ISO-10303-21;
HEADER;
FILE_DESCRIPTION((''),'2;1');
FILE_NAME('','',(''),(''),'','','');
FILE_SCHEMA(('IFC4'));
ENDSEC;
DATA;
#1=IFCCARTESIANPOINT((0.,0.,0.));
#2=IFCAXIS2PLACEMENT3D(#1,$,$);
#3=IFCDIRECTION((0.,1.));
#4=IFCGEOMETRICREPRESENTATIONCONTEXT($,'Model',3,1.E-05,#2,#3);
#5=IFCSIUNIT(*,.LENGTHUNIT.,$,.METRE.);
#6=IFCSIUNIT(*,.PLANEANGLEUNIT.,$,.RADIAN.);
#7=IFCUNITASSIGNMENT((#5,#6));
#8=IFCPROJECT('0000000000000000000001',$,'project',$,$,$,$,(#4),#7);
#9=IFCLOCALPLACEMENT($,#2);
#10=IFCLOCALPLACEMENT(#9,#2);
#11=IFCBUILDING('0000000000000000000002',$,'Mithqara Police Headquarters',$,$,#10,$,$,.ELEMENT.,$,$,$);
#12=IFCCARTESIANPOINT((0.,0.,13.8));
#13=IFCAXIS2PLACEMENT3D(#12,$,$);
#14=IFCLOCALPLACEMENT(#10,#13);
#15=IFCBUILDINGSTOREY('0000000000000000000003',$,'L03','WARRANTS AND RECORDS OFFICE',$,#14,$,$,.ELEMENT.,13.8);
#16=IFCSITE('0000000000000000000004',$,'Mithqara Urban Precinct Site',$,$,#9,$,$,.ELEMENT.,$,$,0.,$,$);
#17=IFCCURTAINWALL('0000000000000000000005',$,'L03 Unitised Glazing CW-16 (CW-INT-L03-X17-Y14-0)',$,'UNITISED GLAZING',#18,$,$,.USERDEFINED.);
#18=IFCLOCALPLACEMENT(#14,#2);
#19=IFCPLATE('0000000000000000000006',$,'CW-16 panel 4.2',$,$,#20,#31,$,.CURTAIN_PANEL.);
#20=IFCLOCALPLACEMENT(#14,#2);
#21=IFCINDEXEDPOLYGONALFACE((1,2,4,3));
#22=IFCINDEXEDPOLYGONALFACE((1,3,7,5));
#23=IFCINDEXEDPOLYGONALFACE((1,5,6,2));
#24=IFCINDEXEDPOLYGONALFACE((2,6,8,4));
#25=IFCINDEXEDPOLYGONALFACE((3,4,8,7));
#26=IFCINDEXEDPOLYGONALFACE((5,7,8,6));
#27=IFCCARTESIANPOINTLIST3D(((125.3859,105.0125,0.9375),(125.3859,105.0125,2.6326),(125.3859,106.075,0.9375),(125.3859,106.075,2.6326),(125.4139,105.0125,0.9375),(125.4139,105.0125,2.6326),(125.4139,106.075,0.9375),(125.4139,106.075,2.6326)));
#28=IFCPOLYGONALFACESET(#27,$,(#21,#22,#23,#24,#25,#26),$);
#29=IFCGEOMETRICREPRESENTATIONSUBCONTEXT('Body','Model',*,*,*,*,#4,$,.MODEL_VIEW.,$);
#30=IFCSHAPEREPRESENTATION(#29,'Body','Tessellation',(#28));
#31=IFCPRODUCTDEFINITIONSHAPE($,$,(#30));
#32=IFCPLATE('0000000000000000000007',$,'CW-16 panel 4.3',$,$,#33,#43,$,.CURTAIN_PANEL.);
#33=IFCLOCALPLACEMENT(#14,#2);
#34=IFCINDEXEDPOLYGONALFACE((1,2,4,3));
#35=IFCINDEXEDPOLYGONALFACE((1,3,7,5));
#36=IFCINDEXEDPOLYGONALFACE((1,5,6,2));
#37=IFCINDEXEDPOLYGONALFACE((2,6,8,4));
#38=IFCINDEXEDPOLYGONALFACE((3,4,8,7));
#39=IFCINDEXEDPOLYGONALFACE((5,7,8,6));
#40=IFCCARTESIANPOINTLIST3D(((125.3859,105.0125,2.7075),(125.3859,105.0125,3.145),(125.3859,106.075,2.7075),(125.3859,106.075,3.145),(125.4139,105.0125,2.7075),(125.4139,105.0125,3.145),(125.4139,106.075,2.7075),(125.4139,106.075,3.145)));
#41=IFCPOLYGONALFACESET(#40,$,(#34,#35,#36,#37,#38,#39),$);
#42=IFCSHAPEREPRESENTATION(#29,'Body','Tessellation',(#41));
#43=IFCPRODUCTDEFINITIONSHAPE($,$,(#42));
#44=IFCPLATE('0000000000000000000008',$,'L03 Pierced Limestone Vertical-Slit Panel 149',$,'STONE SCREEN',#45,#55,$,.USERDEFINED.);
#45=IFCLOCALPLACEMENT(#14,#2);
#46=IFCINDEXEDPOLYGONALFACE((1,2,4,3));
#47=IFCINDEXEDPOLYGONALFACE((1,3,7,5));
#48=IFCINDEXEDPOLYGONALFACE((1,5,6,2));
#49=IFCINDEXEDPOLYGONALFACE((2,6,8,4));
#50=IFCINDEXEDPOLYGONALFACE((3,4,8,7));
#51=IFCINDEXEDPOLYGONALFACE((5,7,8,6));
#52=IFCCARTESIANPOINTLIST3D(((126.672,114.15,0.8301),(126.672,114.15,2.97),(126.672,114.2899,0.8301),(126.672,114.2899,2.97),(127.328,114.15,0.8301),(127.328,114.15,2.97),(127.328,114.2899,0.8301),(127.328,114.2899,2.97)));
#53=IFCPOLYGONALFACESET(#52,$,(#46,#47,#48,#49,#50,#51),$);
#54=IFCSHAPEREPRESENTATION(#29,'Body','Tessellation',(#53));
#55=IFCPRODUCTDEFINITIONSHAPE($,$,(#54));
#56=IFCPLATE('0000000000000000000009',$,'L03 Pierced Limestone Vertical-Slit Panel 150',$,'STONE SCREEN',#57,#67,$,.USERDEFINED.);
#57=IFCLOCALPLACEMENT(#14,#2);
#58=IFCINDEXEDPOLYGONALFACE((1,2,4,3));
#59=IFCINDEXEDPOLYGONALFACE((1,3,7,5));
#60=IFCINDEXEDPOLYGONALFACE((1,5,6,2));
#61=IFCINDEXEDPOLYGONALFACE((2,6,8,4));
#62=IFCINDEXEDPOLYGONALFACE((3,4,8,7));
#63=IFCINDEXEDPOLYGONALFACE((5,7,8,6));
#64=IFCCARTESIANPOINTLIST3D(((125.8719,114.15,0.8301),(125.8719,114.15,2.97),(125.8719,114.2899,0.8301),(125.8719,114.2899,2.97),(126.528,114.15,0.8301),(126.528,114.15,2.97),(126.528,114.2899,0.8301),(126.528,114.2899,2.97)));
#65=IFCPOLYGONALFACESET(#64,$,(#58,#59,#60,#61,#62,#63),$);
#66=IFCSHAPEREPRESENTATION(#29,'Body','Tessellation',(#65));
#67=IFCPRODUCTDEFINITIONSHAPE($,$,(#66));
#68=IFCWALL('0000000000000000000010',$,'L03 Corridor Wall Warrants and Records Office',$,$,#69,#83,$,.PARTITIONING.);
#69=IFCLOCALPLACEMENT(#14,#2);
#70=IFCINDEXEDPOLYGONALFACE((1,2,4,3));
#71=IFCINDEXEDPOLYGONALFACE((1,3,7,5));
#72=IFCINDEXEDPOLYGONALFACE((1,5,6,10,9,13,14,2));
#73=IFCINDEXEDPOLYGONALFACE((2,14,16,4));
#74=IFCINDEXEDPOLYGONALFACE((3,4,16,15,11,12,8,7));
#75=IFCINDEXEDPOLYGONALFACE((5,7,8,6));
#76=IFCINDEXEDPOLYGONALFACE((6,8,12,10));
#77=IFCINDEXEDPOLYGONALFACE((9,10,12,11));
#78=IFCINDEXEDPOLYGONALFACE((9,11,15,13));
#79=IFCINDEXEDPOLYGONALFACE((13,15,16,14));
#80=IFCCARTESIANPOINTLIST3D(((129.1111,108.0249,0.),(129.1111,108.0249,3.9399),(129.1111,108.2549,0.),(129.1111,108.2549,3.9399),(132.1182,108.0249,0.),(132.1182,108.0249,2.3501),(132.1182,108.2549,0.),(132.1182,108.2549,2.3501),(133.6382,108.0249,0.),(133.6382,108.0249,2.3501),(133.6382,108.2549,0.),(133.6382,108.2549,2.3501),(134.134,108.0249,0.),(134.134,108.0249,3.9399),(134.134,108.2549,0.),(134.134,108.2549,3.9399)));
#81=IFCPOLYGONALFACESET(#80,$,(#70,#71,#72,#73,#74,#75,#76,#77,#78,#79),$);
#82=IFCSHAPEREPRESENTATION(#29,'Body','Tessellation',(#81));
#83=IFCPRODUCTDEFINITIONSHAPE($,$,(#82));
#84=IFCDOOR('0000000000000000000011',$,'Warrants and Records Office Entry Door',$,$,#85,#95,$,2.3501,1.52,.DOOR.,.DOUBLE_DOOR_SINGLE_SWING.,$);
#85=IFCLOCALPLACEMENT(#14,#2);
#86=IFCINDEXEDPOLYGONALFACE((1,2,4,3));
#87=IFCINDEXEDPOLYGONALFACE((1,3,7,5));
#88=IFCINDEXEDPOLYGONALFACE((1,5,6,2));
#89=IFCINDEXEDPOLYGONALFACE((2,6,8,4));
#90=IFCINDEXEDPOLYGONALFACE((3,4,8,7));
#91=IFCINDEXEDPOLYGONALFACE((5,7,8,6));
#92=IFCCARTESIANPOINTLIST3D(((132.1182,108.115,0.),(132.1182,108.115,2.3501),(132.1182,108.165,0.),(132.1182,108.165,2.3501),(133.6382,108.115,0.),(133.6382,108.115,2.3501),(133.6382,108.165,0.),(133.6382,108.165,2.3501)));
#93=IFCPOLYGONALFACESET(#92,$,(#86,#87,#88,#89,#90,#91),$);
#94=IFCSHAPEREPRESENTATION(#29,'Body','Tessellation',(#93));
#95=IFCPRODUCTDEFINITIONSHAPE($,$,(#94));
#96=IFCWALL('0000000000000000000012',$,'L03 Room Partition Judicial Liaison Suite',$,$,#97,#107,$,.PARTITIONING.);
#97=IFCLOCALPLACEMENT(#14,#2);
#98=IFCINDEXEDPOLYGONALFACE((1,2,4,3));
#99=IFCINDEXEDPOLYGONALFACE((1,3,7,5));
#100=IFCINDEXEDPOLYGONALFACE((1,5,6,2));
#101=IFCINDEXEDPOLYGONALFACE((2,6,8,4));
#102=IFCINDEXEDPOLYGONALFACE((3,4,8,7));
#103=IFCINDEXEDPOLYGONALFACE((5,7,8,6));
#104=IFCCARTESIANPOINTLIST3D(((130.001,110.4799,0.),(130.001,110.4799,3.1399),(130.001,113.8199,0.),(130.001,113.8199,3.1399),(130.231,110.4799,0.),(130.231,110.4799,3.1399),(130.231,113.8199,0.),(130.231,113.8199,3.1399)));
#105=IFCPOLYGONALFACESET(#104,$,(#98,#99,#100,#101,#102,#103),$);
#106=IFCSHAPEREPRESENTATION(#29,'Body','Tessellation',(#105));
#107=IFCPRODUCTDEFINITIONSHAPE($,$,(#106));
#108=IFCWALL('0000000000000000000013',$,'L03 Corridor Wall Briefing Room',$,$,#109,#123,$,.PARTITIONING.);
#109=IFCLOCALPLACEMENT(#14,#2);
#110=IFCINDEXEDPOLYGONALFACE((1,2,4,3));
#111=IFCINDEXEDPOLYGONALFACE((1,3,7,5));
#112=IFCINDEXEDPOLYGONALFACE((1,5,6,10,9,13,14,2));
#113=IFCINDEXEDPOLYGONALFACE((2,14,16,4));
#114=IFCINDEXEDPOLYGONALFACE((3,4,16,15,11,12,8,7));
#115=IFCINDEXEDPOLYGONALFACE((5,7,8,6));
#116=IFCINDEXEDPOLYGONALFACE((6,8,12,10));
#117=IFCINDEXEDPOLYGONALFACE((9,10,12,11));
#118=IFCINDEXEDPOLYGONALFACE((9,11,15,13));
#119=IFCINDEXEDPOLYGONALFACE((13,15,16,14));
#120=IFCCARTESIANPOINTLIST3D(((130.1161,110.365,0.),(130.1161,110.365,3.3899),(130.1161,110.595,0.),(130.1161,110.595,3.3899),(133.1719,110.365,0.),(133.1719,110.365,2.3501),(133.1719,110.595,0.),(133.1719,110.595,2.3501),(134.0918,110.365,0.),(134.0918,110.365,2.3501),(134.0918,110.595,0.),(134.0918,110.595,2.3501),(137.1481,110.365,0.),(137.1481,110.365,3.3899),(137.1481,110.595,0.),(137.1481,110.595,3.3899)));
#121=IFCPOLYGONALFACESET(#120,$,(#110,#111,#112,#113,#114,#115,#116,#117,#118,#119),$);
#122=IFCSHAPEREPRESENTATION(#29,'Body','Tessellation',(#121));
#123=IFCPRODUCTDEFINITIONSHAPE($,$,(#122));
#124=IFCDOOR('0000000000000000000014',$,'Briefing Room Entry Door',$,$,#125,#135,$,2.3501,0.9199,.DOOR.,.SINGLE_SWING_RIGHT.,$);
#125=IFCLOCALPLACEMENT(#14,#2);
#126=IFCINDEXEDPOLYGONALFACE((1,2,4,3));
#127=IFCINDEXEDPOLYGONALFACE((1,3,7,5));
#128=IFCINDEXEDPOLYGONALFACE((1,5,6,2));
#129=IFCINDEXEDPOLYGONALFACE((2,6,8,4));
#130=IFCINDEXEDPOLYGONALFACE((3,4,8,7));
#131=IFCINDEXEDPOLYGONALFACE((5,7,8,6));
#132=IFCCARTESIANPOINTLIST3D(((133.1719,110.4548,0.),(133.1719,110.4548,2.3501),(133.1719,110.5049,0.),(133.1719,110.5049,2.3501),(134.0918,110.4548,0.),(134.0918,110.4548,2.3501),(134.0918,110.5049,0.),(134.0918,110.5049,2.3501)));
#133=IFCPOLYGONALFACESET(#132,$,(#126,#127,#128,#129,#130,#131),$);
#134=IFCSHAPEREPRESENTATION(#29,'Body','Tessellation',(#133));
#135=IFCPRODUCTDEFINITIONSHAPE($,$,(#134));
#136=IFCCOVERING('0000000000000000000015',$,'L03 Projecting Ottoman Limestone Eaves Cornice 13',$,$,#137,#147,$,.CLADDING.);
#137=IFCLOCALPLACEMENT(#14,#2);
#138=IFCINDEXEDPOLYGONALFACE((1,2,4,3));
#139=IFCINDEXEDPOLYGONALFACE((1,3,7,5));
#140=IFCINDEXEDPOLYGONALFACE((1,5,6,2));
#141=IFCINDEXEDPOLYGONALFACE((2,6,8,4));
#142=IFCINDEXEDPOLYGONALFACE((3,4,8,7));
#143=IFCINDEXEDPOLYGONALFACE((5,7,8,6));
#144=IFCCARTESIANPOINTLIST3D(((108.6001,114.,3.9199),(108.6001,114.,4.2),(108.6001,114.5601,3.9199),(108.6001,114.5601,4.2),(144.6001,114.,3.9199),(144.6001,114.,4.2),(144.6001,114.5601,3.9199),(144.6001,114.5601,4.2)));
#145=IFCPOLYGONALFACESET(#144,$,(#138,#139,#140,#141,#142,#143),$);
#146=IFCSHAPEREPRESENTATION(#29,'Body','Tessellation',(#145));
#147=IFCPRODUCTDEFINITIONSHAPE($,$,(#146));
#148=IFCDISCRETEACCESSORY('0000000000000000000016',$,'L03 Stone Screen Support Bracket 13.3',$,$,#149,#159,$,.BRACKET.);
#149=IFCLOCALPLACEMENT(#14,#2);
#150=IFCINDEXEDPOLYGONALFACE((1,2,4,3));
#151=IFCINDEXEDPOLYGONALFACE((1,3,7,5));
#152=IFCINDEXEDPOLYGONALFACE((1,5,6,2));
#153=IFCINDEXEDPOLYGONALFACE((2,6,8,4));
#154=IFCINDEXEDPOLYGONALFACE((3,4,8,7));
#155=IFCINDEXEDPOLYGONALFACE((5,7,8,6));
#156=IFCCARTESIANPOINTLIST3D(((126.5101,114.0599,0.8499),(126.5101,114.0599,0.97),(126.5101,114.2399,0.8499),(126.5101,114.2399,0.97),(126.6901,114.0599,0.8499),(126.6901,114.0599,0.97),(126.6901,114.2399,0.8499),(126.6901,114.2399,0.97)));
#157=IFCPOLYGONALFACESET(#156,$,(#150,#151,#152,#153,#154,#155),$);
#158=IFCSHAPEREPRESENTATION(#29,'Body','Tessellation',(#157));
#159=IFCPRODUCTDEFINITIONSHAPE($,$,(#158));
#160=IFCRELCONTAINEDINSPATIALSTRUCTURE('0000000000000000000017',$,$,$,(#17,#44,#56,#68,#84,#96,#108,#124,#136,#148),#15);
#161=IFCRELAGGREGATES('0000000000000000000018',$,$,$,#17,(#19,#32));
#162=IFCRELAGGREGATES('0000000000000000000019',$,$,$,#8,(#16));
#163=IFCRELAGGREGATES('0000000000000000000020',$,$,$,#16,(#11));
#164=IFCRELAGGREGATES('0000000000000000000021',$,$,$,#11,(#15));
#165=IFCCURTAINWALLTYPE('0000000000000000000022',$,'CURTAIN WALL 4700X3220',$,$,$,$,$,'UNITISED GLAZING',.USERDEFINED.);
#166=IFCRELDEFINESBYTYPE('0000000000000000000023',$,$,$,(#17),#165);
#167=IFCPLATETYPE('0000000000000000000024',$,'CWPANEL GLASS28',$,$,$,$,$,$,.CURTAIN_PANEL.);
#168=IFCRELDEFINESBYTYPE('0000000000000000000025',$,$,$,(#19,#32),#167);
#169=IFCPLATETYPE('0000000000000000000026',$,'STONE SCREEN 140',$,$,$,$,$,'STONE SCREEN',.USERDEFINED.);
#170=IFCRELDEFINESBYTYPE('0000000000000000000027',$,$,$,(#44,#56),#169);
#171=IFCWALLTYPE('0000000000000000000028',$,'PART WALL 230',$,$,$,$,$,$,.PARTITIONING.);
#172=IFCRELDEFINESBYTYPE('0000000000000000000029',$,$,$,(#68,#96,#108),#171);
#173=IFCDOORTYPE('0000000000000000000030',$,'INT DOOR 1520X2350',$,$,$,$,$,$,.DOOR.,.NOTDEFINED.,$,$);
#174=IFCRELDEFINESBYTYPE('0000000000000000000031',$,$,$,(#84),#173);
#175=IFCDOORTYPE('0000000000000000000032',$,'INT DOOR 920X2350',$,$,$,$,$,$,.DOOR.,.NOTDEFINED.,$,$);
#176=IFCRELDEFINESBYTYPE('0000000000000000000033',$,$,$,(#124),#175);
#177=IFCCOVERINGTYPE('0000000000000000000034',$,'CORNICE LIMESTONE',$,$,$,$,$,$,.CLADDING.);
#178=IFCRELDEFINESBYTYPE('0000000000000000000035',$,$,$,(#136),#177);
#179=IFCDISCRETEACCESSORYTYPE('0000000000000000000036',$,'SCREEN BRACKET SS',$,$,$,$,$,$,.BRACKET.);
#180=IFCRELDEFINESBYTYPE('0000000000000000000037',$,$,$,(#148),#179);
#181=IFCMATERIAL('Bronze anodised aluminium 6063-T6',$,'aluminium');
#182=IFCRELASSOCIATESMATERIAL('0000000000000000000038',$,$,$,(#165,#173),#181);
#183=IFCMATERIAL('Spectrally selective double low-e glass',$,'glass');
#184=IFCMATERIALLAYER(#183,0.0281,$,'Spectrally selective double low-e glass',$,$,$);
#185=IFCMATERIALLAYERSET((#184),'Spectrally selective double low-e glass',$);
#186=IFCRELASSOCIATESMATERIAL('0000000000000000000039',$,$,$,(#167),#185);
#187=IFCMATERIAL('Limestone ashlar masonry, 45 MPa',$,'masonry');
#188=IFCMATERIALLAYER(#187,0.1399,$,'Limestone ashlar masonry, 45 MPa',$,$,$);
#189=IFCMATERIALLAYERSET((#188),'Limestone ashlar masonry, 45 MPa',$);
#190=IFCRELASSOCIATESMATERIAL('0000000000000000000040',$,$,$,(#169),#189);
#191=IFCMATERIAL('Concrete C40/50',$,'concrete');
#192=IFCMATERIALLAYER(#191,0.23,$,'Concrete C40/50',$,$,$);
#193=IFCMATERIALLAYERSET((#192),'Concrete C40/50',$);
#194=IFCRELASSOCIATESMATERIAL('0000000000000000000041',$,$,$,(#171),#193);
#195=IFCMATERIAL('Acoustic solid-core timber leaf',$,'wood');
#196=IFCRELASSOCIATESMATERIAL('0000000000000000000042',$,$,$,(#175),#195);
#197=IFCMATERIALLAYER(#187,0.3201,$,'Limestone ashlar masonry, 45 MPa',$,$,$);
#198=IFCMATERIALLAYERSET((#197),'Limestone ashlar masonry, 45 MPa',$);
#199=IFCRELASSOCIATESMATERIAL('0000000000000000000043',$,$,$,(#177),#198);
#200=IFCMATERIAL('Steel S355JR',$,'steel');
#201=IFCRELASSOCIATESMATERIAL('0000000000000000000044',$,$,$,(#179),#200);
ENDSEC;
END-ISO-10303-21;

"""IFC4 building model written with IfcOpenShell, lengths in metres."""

from ifc_helpers import new_model, si_unit, direction, frame, frame_2d, origin, origin_2d, place, context, subcontext, project, spatial, rectangle, extrude, material, layer, layer_set, type_object, element, fill, aggregate, save


model = new_model("IFC4")

# Units and contexts
model_context = context("Model", 3, precision=1e-05, world=origin(), true_north=direction((0.0, 1.0)))
body_context = subcontext(model_context, "Body", "Model", "MODEL_VIEW")
ifc_project = project(units=[si_unit("LENGTHUNIT", "METRE"), si_unit("PLANEANGLEUNIT", "RADIAN")], contexts=[model_context])

# Site, building, storey
site_placement = place(None, origin())
site = spatial("IfcSite", under=ifc_project, at=site_placement, Name="Mithqara Urban Precinct Site", CompositionType="ELEMENT", RefElevation=0.0)
building_placement = place(site_placement, origin())
building = spatial("IfcBuilding", under=site, at=building_placement, Name="Mithqara Police Headquarters", CompositionType="ELEMENT")
storey_placement = place(building_placement, frame((0.0, 0.0, 13.8)))
storey = spatial("IfcBuildingStorey", under=building, at=storey_placement, Name="L03", Description="WARRANTS AND RECORDS OFFICE", CompositionType="ELEMENT", Elevation=13.8)

# Shared definitions
ifc_material_1 = material(Name="Concrete C40/50", Category="concrete")

# Curtain wall, plates
ifc_material_2 = material(Name="Bronze anodised aluminium 6063-T6", Category="aluminium")
curtain_wall_type = type_object("IfcCurtainWallType", Name="CURTAIN WALL 4700X3220", ElementType="UNITISED GLAZING", PredefinedType="USERDEFINED", material=ifc_material_2)
curtain_wall_placement = place(storey_placement, origin())
curtain_wall = element("IfcCurtainWall", 1, at=curtain_wall_placement, inside=storey, type_object=curtain_wall_type, Name="L03 Unitised Glazing CW-16 (CW-INT-L03-X17-Y14-0)", ObjectType="UNITISED GLAZING", PredefinedType="USERDEFINED")
ifc_material_3 = material(Name="Spectrally selective double low-e glass", Category="glass")
ifc_layer_1 = layer(ifc_material_3, 0.0281, Name="Spectrally selective double low-e glass")
ifc_layer_set_1 = layer_set([ifc_layer_1], Name="Spectrally selective double low-e glass")
plate_type_1 = type_object("IfcPlateType", Name="CWPANEL GLASS28", PredefinedType="CURTAIN_PANEL", material=ifc_layer_set_1)
plate_1_placement = place(storey_placement, frame((125.3999, 105.5437, 0.9375), z_axis=(0.0, 0.0, 1.0), x_axis=(0.0, 1.0, 0.0)))
plate_1 = element("IfcPlate", 2, at=plate_1_placement, type_object=plate_type_1, Name="CW-16 panel 4.2", PredefinedType="CURTAIN_PANEL", context=body_context, shape_type="SweptSolid", body=[
    extrude(rectangle(XDim=1.0625, YDim=0.0281, at=origin_2d()), origin(), (0.0, 0.0, 1.0), 1.6951),
])
plate_2_placement = place(storey_placement, frame((125.3999, 105.5437, 2.7075), z_axis=(0.0, 0.0, 1.0), x_axis=(0.0, 1.0, 0.0)))
plate_2 = element("IfcPlate", 3, at=plate_2_placement, type_object=plate_type_1, Name="CW-16 panel 4.3", PredefinedType="CURTAIN_PANEL", context=body_context, shape_type="SweptSolid", body=[
    extrude(rectangle(XDim=1.0625, YDim=0.0281, at=origin_2d()), origin(), (0.0, 0.0, 1.0), 0.4375),
])
aggregate(curtain_wall, [plate_1, plate_2])

# Plates
ifc_material_4 = material(Name="Limestone ashlar masonry, 45 MPa", Category="masonry")
ifc_layer_2 = layer(ifc_material_4, 0.1399, Name="Limestone ashlar masonry, 45 MPa")
ifc_layer_set_2 = layer_set([ifc_layer_2], Name="Limestone ashlar masonry, 45 MPa")
plate_type_2 = type_object("IfcPlateType", Name="STONE SCREEN 140", ElementType="STONE SCREEN", PredefinedType="USERDEFINED", material=ifc_layer_set_2)
for number, where, z_axis, x_axis, name in (
    (4, (127.0, 114.22, 0.8301), (0.0, 0.0, 1.0), (1.0, 0.0, 0.0), "L03 Pierced Limestone Vertical-Slit Panel 149"),
    (5, (126.2, 114.22, 0.8301), (0.0, 0.0, 1.0), (1.0, 0.0, 0.0), "L03 Pierced Limestone Vertical-Slit Panel 150"),
):
    element("IfcPlate", number, at=place(storey_placement, frame(where, z_axis=z_axis, x_axis=x_axis)), inside=storey, type_object=plate_type_2, Name=name, ObjectType="STONE SCREEN", PredefinedType="USERDEFINED", context=body_context, shape_type="SweptSolid", body=[
        extrude(rectangle(XDim=0.656, YDim=0.1399, at=origin_2d()), origin(), (0.0, 0.0, 1.0), 2.1399),
    ])

# Wall, opening, door
ifc_layer_3 = layer(ifc_material_1, 0.23, Name="Concrete C40/50")
ifc_layer_set_3 = layer_set([ifc_layer_3], Name="Concrete C40/50")
wall_type = type_object("IfcWallType", Name="PART WALL 230", PredefinedType="PARTITIONING", material=ifc_layer_set_3)
wall_1_placement = place(storey_placement, frame((129.1111, 108.1399, 0.0), z_axis=(0.0, 0.0, 1.0), x_axis=(1.0, 0.0, 0.0)))
wall_1 = element("IfcWall", 6, at=wall_1_placement, inside=storey, type_object=wall_type, Name="L03 Corridor Wall Warrants and Records Office", PredefinedType="PARTITIONING", context=body_context, shape_type="SweptSolid", body=[
    extrude(rectangle(XDim=5.0229, YDim=0.23, at=frame_2d((2.5115, 0.0))), origin(), (0.0, 0.0, 1.0), 3.9399),
])
opening_1_placement = place(wall_1_placement, frame((3.0071, 0.0, 0.0)))
opening_1 = element("IfcOpeningElement", 7, at=opening_1_placement, cuts=wall_1, PredefinedType="OPENING", context=body_context, shape_type="SweptSolid", body=[
    extrude(rectangle(XDim=1.52, YDim=2.3501, at=frame_2d((0.76, 1.175))), frame((0.0, 0.125, 0.0), z_axis=(0.0, -1.0, 0.0), x_axis=(1.0, 0.0, 0.0)), (0.0, 0.0, 1.0), 0.25),
])
door_type_1 = type_object("IfcDoorType", Name="INT DOOR 1520X2350", OperationType="NOTDEFINED", PredefinedType="DOOR", material=ifc_material_2)
door_1_placement = place(opening_1_placement, frame((1.52, 0.0, 0.0), z_axis=(0.0, 0.0, 1.0), x_axis=(-1.0, 0.0, 0.0)))
door_1 = element("IfcDoor", 8, at=door_1_placement, inside=storey, type_object=door_type_1, Name="Warrants and Records Office Entry Door", OperationType="DOUBLE_DOOR_SINGLE_SWING", OverallHeight=2.3501, OverallWidth=1.52, PredefinedType="DOOR", context=body_context, shape_type="SweptSolid", body=[
    extrude(rectangle(XDim=1.52, YDim=2.3501, at=frame_2d((0.76, 1.175))), frame((0.0, 0.0249, 0.0), z_axis=(0.0, -1.0, 0.0), x_axis=(1.0, 0.0, 0.0)), (0.0, 0.0, 1.0), 0.05),
])
fill(opening_1, door_1)

# Wall
wall_2_placement = place(storey_placement, frame((130.116, 110.48, 0.0), z_axis=(0.0, 0.0, 1.0), x_axis=(0.0, 1.0, 0.0)))
element("IfcWall", 9, at=wall_2_placement, inside=storey, type_object=wall_type, Name="L03 Room Partition Judicial Liaison Suite", PredefinedType="PARTITIONING", context=body_context, shape_type="SweptSolid", body=[
    extrude(rectangle(XDim=3.3401, YDim=0.23, at=frame_2d((1.6699, 0.0))), origin(), (0.0, 0.0, 1.0), 3.1399),
])

# Wall, opening, door
wall_3_placement = place(storey_placement, frame((130.116, 110.48, 0.0), z_axis=(0.0, 0.0, 1.0), x_axis=(1.0, 0.0, 0.0)))
wall_3 = element("IfcWall", 10, at=wall_3_placement, inside=storey, type_object=wall_type, Name="L03 Corridor Wall Briefing Room", PredefinedType="PARTITIONING", context=body_context, shape_type="SweptSolid", body=[
    extrude(rectangle(XDim=7.032, YDim=0.23, at=frame_2d((3.5161, 0.0))), origin(), (0.0, 0.0, 1.0), 3.3899),
])
opening_2_placement = place(wall_3_placement, frame((3.0559, 0.0, 0.0)))
opening_2 = element("IfcOpeningElement", 11, at=opening_2_placement, cuts=wall_3, PredefinedType="OPENING", context=body_context, shape_type="SweptSolid", body=[
    extrude(rectangle(XDim=0.9199, YDim=2.3501, at=frame_2d((0.46, 1.175))), frame((0.0, 0.125, 0.0), z_axis=(0.0, -1.0, 0.0), x_axis=(1.0, 0.0, 0.0)), (0.0, 0.0, 1.0), 0.25),
])
ifc_material_5 = material(Name="Acoustic solid-core timber leaf", Category="wood")
door_type_2 = type_object("IfcDoorType", Name="INT DOOR 920X2350", OperationType="NOTDEFINED", PredefinedType="DOOR", material=ifc_material_5)
door_2_placement = place(opening_2_placement, origin())
door_2 = element("IfcDoor", 12, at=door_2_placement, inside=storey, type_object=door_type_2, Name="Briefing Room Entry Door", OperationType="SINGLE_SWING_RIGHT", OverallHeight=2.3501, OverallWidth=0.9199, PredefinedType="DOOR", context=body_context, shape_type="SweptSolid", body=[
    extrude(rectangle(XDim=0.9199, YDim=2.3501, at=frame_2d((0.46, 1.175))), frame((0.0, 0.0249, 0.0), z_axis=(0.0, -1.0, 0.0), x_axis=(1.0, 0.0, 0.0)), (0.0, 0.0, 1.0), 0.05),
])
fill(opening_2, door_2)

# Covering
ifc_layer_4 = layer(ifc_material_4, 0.3201, Name="Limestone ashlar masonry, 45 MPa")
ifc_layer_set_4 = layer_set([ifc_layer_4], Name="Limestone ashlar masonry, 45 MPa")
covering_type = type_object("IfcCoveringType", Name="CORNICE LIMESTONE", PredefinedType="CLADDING", material=ifc_layer_set_4)
covering_placement = place(storey_placement, frame((126.6001, 114.28, 3.9199), z_axis=(0.0, 0.0, 1.0), x_axis=(1.0, 0.0, 0.0)))
element("IfcCovering", 13, at=covering_placement, inside=storey, type_object=covering_type, Name="L03 Projecting Ottoman Limestone Eaves Cornice 13", PredefinedType="CLADDING", context=body_context, shape_type="SweptSolid", body=[
    extrude(rectangle(XDim=36.0, YDim=0.5601, at=origin_2d()), origin(), (0.0, 0.0, 1.0), 0.28),
])

# Discrete accessory
ifc_material_6 = material(Name="Steel S355JR", Category="steel")
discrete_accessory_type = type_object("IfcDiscreteAccessoryType", Name="SCREEN BRACKET SS", PredefinedType="BRACKET", material=ifc_material_6)
discrete_accessory_placement = place(storey_placement, frame((126.6001, 114.1499, 0.8499), z_axis=(0.0, 0.0, 1.0), x_axis=(1.0, 0.0, 0.0)))
element("IfcDiscreteAccessory", 14, at=discrete_accessory_placement, inside=storey, type_object=discrete_accessory_type, Name="L03 Stone Screen Support Bracket 13.3", PredefinedType="BRACKET", context=body_context, shape_type="SweptSolid", body=[
    extrude(rectangle(XDim=0.1799, YDim=0.1799, at=origin_2d()), origin(), (0.0, 0.0, 1.0), 0.1201),
])

save(model, "model.ifc")
